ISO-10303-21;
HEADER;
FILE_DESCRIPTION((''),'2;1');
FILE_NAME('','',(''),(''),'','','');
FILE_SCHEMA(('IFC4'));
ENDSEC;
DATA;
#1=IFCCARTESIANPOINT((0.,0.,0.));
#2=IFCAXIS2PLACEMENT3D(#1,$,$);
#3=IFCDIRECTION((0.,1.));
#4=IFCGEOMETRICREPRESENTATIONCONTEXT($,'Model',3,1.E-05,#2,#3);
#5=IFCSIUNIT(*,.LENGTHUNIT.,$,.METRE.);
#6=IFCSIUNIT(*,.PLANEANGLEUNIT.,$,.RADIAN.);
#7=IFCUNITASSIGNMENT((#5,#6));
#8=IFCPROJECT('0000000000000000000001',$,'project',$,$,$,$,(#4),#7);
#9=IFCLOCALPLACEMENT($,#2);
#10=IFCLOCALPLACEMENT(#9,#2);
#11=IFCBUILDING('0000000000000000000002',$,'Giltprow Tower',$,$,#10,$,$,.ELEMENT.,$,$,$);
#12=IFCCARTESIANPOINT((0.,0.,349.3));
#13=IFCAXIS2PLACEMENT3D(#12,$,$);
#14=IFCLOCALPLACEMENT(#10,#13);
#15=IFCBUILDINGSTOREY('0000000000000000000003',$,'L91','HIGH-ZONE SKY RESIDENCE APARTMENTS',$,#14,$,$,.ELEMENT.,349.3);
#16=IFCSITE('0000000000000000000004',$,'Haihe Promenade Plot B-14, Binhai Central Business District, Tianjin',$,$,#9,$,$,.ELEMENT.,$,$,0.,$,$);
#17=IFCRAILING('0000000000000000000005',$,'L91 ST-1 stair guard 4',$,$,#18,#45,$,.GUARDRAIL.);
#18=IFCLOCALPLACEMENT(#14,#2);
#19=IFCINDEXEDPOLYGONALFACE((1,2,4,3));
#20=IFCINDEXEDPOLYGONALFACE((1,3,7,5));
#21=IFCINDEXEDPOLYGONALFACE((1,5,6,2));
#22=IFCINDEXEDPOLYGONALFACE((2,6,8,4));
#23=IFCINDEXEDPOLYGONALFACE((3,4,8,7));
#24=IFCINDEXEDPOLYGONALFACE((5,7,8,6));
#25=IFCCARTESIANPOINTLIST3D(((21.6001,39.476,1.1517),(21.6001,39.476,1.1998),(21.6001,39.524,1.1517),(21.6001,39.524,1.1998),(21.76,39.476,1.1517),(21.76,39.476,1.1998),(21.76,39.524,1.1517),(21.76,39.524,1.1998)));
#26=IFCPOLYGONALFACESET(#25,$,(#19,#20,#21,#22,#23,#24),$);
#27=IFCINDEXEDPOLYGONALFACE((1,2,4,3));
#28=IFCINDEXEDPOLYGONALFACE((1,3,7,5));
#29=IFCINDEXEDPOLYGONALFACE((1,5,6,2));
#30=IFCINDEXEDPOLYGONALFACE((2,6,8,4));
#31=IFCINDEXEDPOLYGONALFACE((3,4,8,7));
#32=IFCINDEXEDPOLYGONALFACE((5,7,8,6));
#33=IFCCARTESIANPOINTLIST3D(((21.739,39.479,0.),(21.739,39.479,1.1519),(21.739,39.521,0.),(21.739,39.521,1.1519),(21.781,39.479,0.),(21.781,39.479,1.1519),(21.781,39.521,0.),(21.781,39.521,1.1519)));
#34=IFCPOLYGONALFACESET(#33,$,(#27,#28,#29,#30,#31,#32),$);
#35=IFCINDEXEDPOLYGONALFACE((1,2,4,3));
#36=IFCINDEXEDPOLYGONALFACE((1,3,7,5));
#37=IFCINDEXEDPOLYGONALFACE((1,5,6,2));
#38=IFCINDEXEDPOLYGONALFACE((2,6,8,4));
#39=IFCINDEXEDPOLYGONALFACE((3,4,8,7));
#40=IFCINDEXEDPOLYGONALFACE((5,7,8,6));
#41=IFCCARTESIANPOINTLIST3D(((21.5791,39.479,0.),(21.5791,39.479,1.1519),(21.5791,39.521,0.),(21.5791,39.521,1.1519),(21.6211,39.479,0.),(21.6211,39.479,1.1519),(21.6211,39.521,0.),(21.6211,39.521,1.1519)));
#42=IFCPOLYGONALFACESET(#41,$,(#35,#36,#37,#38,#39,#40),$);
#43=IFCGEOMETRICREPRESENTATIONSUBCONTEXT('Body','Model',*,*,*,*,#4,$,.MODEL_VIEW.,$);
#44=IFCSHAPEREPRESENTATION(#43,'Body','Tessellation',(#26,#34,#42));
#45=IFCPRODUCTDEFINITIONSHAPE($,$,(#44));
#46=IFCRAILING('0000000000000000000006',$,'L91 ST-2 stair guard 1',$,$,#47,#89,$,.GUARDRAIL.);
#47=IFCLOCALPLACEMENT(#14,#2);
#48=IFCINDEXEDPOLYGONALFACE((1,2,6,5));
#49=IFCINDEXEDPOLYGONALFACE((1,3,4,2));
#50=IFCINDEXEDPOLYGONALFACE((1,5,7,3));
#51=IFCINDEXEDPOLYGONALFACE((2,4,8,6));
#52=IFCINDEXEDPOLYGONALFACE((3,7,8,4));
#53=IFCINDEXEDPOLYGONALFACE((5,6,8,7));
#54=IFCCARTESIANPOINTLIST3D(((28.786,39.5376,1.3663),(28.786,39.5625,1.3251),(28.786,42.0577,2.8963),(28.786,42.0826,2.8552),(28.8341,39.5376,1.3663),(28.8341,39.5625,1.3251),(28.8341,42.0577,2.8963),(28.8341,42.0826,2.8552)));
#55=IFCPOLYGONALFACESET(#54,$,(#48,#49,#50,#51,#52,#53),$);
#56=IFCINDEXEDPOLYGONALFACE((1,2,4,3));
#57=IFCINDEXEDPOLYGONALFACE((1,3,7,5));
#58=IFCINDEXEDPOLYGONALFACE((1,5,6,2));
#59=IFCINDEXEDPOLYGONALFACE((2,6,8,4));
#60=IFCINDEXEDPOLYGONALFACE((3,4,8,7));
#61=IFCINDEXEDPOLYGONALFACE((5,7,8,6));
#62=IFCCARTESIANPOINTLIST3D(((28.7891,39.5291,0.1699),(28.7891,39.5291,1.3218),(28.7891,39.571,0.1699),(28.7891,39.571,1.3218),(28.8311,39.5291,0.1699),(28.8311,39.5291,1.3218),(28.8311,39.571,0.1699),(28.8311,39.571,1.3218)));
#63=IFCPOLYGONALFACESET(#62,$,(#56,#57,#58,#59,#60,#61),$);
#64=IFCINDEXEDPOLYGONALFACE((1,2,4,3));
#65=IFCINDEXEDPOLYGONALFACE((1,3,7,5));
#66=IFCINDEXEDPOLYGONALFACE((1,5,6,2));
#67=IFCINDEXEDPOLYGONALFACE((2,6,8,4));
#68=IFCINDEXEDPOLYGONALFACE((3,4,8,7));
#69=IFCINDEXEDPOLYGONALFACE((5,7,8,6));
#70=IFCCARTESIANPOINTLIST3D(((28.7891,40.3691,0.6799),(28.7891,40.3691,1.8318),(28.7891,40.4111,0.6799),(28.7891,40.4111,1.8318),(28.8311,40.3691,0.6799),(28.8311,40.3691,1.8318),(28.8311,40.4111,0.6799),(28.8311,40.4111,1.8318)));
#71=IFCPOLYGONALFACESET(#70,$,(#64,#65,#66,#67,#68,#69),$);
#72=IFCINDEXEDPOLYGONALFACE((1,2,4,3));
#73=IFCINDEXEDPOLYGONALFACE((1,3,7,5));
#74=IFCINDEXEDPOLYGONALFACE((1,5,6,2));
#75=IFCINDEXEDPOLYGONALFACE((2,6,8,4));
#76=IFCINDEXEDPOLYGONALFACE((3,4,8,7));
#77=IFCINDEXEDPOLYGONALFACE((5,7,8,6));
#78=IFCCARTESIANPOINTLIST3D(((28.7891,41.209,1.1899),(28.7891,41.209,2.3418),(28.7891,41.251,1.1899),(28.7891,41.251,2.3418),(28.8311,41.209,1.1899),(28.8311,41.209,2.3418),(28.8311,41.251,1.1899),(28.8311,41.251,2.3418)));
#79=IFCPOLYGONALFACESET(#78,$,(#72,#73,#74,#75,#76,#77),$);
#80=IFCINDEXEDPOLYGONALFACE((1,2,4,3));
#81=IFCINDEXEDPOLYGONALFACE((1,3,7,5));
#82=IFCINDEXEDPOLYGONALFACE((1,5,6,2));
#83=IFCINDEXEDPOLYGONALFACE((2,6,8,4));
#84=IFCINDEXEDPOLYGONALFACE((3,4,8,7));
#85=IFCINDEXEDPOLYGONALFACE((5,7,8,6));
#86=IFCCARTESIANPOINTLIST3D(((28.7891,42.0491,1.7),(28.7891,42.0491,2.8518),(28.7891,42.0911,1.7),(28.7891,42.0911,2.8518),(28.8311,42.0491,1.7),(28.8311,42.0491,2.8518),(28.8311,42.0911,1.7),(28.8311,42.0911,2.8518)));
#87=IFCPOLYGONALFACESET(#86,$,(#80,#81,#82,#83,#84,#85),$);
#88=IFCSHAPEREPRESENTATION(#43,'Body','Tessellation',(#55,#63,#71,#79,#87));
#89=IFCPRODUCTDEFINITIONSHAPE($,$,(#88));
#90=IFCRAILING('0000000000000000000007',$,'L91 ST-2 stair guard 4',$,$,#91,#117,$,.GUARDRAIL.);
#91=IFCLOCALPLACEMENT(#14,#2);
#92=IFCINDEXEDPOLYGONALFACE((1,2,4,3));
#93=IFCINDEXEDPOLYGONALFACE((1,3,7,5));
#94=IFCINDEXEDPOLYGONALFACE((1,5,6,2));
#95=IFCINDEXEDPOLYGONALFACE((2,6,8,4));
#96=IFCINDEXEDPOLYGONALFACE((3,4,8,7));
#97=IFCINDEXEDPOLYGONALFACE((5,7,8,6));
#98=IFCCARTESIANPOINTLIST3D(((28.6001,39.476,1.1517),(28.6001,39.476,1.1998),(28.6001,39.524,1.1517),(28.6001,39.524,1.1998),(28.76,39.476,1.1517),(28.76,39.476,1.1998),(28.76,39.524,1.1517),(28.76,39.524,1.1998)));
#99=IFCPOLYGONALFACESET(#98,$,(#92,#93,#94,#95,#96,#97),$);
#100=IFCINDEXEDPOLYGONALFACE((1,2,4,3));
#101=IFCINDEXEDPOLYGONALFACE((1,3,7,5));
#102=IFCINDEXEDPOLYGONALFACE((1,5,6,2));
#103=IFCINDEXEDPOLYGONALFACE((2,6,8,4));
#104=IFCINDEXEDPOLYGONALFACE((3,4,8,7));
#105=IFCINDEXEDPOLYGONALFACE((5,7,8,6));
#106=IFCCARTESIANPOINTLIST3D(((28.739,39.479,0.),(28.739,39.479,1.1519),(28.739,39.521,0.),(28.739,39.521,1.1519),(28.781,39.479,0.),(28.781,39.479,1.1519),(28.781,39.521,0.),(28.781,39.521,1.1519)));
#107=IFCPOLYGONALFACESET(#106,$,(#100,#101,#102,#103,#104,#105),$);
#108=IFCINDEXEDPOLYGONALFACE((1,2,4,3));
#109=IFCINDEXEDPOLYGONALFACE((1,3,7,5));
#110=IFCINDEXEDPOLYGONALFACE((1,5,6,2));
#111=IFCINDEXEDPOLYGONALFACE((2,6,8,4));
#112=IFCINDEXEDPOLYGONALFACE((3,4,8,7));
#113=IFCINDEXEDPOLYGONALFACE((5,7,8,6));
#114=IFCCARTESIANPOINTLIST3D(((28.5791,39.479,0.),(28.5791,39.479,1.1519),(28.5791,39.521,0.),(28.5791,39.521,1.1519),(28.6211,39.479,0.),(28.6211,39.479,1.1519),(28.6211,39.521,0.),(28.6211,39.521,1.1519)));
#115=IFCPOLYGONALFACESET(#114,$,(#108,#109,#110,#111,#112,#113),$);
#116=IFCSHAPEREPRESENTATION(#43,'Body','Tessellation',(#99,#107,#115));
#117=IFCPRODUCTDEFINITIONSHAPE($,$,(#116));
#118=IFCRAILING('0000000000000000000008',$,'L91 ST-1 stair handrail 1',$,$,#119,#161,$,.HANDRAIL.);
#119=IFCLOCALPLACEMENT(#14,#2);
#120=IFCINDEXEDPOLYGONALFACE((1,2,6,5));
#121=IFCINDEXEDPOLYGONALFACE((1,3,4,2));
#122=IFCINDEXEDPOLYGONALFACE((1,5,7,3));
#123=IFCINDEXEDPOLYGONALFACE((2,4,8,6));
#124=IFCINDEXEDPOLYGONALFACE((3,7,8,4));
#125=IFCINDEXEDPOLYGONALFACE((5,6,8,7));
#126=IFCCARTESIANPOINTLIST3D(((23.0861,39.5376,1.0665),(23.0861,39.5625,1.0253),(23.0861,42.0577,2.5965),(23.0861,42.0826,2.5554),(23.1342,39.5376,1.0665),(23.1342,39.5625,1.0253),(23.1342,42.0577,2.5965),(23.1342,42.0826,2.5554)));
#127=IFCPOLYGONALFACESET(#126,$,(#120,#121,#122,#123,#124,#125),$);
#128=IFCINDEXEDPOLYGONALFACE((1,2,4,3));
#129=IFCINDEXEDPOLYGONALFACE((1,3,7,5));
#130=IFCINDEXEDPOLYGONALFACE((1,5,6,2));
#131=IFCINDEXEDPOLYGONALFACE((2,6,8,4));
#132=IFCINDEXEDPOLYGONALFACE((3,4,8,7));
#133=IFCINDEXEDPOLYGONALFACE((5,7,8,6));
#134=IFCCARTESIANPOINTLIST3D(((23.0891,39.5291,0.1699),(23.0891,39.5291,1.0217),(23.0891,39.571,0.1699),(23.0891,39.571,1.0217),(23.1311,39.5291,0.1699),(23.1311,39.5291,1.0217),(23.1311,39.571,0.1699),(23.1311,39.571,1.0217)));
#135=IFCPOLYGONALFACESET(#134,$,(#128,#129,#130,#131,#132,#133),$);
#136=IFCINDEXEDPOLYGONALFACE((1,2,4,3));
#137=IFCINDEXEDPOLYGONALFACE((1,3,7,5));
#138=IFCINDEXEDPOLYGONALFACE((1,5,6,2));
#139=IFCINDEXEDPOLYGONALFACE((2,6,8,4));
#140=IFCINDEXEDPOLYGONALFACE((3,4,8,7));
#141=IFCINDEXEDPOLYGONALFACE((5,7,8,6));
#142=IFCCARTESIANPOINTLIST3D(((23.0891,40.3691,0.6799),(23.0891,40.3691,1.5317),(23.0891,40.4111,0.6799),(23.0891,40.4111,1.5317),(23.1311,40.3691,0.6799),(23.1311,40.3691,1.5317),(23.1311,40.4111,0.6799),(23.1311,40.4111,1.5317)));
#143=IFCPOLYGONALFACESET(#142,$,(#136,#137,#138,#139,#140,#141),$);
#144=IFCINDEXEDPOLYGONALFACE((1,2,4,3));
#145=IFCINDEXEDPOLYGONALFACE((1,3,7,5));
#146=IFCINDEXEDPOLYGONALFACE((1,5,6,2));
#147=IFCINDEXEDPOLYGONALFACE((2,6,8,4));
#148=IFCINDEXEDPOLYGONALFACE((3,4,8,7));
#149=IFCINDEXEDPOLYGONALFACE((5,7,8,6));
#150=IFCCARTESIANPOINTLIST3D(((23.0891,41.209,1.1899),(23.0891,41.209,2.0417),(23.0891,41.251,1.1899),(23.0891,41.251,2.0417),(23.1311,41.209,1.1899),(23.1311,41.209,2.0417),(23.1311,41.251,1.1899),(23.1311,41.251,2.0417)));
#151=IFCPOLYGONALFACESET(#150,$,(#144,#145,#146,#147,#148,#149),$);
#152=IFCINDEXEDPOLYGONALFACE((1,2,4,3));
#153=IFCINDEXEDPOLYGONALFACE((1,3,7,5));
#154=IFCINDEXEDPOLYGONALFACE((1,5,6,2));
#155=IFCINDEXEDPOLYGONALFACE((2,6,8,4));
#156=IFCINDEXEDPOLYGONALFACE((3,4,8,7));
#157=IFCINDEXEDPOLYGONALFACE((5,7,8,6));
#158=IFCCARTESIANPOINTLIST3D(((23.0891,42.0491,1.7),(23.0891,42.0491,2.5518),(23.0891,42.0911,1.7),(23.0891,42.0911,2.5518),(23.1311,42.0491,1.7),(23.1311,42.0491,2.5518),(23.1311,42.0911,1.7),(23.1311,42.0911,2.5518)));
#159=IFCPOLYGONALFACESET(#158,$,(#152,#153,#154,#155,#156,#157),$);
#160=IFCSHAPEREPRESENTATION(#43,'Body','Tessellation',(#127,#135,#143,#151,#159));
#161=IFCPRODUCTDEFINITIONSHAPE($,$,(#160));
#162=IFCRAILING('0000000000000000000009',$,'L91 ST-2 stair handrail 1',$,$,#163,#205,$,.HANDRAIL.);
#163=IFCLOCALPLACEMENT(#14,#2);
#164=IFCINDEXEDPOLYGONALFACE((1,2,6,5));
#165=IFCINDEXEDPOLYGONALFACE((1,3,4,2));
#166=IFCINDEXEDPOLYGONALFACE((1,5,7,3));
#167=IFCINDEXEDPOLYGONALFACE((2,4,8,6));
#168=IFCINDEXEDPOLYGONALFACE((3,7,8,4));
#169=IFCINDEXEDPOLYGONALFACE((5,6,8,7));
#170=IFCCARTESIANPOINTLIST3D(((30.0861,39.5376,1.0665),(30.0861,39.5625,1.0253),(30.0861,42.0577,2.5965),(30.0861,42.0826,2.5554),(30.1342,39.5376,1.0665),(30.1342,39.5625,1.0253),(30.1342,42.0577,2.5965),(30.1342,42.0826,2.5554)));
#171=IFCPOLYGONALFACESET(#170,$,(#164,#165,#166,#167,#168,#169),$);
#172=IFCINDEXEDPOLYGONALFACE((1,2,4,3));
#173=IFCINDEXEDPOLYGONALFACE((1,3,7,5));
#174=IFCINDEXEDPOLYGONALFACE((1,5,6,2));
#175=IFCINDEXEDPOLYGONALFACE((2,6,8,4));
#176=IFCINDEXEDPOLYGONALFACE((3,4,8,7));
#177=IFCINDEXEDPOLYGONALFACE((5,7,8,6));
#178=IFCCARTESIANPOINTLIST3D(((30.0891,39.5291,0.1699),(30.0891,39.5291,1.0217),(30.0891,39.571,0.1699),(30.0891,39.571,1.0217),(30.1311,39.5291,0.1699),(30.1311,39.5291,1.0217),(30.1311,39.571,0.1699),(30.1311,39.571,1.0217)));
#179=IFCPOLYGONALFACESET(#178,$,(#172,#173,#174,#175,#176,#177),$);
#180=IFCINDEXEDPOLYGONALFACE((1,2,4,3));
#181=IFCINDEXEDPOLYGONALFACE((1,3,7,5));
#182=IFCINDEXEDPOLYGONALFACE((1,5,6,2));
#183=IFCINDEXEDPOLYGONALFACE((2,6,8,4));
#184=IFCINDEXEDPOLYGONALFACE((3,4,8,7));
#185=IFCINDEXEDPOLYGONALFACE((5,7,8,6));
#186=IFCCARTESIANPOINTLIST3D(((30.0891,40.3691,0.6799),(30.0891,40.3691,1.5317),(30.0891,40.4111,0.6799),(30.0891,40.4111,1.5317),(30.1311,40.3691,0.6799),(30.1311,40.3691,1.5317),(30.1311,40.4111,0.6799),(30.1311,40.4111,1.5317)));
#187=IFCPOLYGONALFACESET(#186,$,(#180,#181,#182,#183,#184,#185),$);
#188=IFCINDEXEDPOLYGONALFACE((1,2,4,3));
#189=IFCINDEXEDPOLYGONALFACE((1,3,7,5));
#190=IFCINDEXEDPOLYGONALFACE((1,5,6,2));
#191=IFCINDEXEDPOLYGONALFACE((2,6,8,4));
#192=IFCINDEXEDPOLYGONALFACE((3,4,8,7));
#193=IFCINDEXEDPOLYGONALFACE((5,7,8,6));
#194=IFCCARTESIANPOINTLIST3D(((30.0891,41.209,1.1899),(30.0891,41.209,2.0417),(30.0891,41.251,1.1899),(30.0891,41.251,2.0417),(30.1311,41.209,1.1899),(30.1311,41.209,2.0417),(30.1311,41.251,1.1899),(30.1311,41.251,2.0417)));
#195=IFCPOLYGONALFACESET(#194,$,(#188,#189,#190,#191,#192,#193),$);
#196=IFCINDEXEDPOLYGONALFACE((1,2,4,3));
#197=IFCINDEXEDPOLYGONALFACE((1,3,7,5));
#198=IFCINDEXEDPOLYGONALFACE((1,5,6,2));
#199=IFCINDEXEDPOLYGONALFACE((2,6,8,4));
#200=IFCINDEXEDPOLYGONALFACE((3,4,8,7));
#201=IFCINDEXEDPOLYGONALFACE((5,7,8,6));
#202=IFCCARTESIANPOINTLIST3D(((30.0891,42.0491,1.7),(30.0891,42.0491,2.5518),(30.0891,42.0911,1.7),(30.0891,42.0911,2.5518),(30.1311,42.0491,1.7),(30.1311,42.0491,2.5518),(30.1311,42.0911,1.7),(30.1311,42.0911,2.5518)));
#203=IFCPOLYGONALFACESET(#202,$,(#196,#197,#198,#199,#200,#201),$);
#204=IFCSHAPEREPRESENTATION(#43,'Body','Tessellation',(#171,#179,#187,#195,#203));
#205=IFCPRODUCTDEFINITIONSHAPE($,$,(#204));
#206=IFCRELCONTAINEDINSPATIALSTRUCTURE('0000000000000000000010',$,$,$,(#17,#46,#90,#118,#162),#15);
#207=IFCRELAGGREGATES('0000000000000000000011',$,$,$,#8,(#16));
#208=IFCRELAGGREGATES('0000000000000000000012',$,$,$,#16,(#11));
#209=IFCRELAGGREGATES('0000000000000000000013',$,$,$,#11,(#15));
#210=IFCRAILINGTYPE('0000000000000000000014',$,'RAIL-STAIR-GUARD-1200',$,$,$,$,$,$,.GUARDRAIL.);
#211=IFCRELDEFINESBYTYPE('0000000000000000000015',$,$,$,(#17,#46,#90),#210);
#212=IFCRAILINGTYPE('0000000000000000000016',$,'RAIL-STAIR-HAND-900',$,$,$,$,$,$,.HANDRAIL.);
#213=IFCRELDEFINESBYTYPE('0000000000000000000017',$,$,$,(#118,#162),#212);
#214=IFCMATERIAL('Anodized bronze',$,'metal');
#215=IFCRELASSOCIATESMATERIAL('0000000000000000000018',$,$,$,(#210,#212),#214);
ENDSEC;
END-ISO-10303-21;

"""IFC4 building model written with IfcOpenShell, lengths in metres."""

from ifc_helpers import new_model, si_unit, direction, frame, origin, origin_2d, place, context, subcontext, project, spatial, rectangle, extrude, material, type_object, element, save


model = new_model("IFC4")

# Units and contexts
model_context = context("Model", 3, precision=1e-05, world=origin(), true_north=direction((0.0, 1.0)))
body_context = subcontext(model_context, "Body", "Model", "MODEL_VIEW")
ifc_project = project(units=[si_unit("LENGTHUNIT", "METRE"), si_unit("PLANEANGLEUNIT", "RADIAN")], contexts=[model_context])

# Site, building, storey
site_placement = place(None, origin())
site = spatial("IfcSite", under=ifc_project, at=site_placement, Name="Haihe Promenade Plot B-14, Binhai Central Business District, Tianjin", CompositionType="ELEMENT", RefElevation=0.0)
building_placement = place(site_placement, origin())
building = spatial("IfcBuilding", under=site, at=building_placement, Name="Giltprow Tower", CompositionType="ELEMENT")
storey_placement = place(building_placement, frame((0.0, 0.0, 349.3)))
storey = spatial("IfcBuildingStorey", under=building, at=storey_placement, Name="L91", Description="HIGH-ZONE SKY RESIDENCE APARTMENTS", CompositionType="ELEMENT", Elevation=349.3)

# Railings
ifc_material_1 = material(Name="Anodized bronze", Category="metal")
railing_type_1 = type_object("IfcRailingType", Name="RAIL-STAIR-GUARD-1200", PredefinedType="GUARDRAIL", material=ifc_material_1)
railing_1_placement = place(storey_placement, frame((21.76, 39.5, 0.0)))
element("IfcRailing", 1, at=railing_1_placement, inside=storey, type_object=railing_type_1, Name="L91 ST-1 stair guard 4", PredefinedType="GUARDRAIL", context=body_context, shape_type="SweptSolid", body=[
    extrude(rectangle(XDim=0.0481, YDim=0.0481, at=origin_2d()), frame((0.0, 0.0, 1.1758), z_axis=(-1.0, 0.0, 0.0), x_axis=(0.0, -1.0, 0.0)), (0.0, 0.0, 1.0), 0.1599),
    extrude(rectangle(XDim=0.042, YDim=0.042, at=origin_2d()), origin(), (0.0, 0.0, 1.0), 1.1519),
    extrude(rectangle(XDim=0.042, YDim=0.042, at=origin_2d()), frame((-0.1599, 0.0, 0.0)), (0.0, 0.0, 1.0), 1.1519),
])
railing_2_placement = place(storey_placement, frame((28.8101, 39.55, 0.1699)))
element("IfcRailing", 2, at=railing_2_placement, inside=storey, type_object=railing_type_1, Name="L91 ST-2 stair guard 1", PredefinedType="GUARDRAIL", context=body_context, shape_type="SweptSolid", body=[
    extrude(rectangle(XDim=0.0481, YDim=0.0481, at=origin_2d()), frame((0.0, 0.0, 1.1758), z_axis=(0.0, 0.854785, 0.518982), x_axis=(-1.0, 0.0, 0.0)), (0.0, 0.0, 1.0), 2.9482),
    extrude(rectangle(XDim=0.042, YDim=0.042, at=origin_2d()), origin(), (0.0, 0.0, 1.0), 1.1519),
    extrude(rectangle(XDim=0.042, YDim=0.042, at=origin_2d()), frame((0.0, 0.8401, 0.51)), (0.0, 0.0, 1.0), 1.1519),
    extrude(rectangle(XDim=0.042, YDim=0.042, at=origin_2d()), frame((0.0, 1.6799, 1.02)), (0.0, 0.0, 1.0), 1.1519),
    extrude(rectangle(XDim=0.042, YDim=0.042, at=origin_2d()), frame((0.0, 2.52, 1.53)), (0.0, 0.0, 1.0), 1.1519),
])
railing_3_placement = place(storey_placement, frame((28.76, 39.5, 0.0)))
element("IfcRailing", 3, at=railing_3_placement, inside=storey, type_object=railing_type_1, Name="L91 ST-2 stair guard 4", PredefinedType="GUARDRAIL", context=body_context, shape_type="SweptSolid", body=[
    extrude(rectangle(XDim=0.0481, YDim=0.0481, at=origin_2d()), frame((0.0, 0.0, 1.1758), z_axis=(-1.0, 0.0, 0.0), x_axis=(0.0, -1.0, 0.0)), (0.0, 0.0, 1.0), 0.1599),
    extrude(rectangle(XDim=0.042, YDim=0.042, at=origin_2d()), origin(), (0.0, 0.0, 1.0), 1.1519),
    extrude(rectangle(XDim=0.042, YDim=0.042, at=origin_2d()), frame((-0.1599, 0.0, 0.0)), (0.0, 0.0, 1.0), 1.1519),
])
railing_type_2 = type_object("IfcRailingType", Name="RAIL-STAIR-HAND-900", PredefinedType="HANDRAIL", material=ifc_material_1)
for number, where, name in (
    (4, (23.1101, 39.55, 0.1699), "L91 ST-1 stair handrail 1"),
    (5, (30.1101, 39.55, 0.1699), "L91 ST-2 stair handrail 1"),
):
    element("IfcRailing", number, at=place(storey_placement, frame(where)), inside=storey, type_object=railing_type_2, Name=name, PredefinedType="HANDRAIL", context=body_context, shape_type="SweptSolid", body=[
        extrude(rectangle(XDim=0.0481, YDim=0.0481, at=origin_2d()), frame((0.0, 0.0, 0.876), z_axis=(0.0, 0.854785, 0.518982), x_axis=(-1.0, 0.0, 0.0)), (0.0, 0.0, 1.0), 2.9482),
        extrude(rectangle(XDim=0.042, YDim=0.042, at=origin_2d()), origin(), (0.0, 0.0, 1.0), 0.8518),
        extrude(rectangle(XDim=0.042, YDim=0.042, at=origin_2d()), frame((0.0, 0.8401, 0.51)), (0.0, 0.0, 1.0), 0.8518),
        extrude(rectangle(XDim=0.042, YDim=0.042, at=origin_2d()), frame((0.0, 1.6799, 1.02)), (0.0, 0.0, 1.0), 0.8518),
        extrude(rectangle(XDim=0.042, YDim=0.042, at=origin_2d()), frame((0.0, 2.52, 1.53)), (0.0, 0.0, 1.0), 0.8518),
    ])

save(model, "model.ifc")
